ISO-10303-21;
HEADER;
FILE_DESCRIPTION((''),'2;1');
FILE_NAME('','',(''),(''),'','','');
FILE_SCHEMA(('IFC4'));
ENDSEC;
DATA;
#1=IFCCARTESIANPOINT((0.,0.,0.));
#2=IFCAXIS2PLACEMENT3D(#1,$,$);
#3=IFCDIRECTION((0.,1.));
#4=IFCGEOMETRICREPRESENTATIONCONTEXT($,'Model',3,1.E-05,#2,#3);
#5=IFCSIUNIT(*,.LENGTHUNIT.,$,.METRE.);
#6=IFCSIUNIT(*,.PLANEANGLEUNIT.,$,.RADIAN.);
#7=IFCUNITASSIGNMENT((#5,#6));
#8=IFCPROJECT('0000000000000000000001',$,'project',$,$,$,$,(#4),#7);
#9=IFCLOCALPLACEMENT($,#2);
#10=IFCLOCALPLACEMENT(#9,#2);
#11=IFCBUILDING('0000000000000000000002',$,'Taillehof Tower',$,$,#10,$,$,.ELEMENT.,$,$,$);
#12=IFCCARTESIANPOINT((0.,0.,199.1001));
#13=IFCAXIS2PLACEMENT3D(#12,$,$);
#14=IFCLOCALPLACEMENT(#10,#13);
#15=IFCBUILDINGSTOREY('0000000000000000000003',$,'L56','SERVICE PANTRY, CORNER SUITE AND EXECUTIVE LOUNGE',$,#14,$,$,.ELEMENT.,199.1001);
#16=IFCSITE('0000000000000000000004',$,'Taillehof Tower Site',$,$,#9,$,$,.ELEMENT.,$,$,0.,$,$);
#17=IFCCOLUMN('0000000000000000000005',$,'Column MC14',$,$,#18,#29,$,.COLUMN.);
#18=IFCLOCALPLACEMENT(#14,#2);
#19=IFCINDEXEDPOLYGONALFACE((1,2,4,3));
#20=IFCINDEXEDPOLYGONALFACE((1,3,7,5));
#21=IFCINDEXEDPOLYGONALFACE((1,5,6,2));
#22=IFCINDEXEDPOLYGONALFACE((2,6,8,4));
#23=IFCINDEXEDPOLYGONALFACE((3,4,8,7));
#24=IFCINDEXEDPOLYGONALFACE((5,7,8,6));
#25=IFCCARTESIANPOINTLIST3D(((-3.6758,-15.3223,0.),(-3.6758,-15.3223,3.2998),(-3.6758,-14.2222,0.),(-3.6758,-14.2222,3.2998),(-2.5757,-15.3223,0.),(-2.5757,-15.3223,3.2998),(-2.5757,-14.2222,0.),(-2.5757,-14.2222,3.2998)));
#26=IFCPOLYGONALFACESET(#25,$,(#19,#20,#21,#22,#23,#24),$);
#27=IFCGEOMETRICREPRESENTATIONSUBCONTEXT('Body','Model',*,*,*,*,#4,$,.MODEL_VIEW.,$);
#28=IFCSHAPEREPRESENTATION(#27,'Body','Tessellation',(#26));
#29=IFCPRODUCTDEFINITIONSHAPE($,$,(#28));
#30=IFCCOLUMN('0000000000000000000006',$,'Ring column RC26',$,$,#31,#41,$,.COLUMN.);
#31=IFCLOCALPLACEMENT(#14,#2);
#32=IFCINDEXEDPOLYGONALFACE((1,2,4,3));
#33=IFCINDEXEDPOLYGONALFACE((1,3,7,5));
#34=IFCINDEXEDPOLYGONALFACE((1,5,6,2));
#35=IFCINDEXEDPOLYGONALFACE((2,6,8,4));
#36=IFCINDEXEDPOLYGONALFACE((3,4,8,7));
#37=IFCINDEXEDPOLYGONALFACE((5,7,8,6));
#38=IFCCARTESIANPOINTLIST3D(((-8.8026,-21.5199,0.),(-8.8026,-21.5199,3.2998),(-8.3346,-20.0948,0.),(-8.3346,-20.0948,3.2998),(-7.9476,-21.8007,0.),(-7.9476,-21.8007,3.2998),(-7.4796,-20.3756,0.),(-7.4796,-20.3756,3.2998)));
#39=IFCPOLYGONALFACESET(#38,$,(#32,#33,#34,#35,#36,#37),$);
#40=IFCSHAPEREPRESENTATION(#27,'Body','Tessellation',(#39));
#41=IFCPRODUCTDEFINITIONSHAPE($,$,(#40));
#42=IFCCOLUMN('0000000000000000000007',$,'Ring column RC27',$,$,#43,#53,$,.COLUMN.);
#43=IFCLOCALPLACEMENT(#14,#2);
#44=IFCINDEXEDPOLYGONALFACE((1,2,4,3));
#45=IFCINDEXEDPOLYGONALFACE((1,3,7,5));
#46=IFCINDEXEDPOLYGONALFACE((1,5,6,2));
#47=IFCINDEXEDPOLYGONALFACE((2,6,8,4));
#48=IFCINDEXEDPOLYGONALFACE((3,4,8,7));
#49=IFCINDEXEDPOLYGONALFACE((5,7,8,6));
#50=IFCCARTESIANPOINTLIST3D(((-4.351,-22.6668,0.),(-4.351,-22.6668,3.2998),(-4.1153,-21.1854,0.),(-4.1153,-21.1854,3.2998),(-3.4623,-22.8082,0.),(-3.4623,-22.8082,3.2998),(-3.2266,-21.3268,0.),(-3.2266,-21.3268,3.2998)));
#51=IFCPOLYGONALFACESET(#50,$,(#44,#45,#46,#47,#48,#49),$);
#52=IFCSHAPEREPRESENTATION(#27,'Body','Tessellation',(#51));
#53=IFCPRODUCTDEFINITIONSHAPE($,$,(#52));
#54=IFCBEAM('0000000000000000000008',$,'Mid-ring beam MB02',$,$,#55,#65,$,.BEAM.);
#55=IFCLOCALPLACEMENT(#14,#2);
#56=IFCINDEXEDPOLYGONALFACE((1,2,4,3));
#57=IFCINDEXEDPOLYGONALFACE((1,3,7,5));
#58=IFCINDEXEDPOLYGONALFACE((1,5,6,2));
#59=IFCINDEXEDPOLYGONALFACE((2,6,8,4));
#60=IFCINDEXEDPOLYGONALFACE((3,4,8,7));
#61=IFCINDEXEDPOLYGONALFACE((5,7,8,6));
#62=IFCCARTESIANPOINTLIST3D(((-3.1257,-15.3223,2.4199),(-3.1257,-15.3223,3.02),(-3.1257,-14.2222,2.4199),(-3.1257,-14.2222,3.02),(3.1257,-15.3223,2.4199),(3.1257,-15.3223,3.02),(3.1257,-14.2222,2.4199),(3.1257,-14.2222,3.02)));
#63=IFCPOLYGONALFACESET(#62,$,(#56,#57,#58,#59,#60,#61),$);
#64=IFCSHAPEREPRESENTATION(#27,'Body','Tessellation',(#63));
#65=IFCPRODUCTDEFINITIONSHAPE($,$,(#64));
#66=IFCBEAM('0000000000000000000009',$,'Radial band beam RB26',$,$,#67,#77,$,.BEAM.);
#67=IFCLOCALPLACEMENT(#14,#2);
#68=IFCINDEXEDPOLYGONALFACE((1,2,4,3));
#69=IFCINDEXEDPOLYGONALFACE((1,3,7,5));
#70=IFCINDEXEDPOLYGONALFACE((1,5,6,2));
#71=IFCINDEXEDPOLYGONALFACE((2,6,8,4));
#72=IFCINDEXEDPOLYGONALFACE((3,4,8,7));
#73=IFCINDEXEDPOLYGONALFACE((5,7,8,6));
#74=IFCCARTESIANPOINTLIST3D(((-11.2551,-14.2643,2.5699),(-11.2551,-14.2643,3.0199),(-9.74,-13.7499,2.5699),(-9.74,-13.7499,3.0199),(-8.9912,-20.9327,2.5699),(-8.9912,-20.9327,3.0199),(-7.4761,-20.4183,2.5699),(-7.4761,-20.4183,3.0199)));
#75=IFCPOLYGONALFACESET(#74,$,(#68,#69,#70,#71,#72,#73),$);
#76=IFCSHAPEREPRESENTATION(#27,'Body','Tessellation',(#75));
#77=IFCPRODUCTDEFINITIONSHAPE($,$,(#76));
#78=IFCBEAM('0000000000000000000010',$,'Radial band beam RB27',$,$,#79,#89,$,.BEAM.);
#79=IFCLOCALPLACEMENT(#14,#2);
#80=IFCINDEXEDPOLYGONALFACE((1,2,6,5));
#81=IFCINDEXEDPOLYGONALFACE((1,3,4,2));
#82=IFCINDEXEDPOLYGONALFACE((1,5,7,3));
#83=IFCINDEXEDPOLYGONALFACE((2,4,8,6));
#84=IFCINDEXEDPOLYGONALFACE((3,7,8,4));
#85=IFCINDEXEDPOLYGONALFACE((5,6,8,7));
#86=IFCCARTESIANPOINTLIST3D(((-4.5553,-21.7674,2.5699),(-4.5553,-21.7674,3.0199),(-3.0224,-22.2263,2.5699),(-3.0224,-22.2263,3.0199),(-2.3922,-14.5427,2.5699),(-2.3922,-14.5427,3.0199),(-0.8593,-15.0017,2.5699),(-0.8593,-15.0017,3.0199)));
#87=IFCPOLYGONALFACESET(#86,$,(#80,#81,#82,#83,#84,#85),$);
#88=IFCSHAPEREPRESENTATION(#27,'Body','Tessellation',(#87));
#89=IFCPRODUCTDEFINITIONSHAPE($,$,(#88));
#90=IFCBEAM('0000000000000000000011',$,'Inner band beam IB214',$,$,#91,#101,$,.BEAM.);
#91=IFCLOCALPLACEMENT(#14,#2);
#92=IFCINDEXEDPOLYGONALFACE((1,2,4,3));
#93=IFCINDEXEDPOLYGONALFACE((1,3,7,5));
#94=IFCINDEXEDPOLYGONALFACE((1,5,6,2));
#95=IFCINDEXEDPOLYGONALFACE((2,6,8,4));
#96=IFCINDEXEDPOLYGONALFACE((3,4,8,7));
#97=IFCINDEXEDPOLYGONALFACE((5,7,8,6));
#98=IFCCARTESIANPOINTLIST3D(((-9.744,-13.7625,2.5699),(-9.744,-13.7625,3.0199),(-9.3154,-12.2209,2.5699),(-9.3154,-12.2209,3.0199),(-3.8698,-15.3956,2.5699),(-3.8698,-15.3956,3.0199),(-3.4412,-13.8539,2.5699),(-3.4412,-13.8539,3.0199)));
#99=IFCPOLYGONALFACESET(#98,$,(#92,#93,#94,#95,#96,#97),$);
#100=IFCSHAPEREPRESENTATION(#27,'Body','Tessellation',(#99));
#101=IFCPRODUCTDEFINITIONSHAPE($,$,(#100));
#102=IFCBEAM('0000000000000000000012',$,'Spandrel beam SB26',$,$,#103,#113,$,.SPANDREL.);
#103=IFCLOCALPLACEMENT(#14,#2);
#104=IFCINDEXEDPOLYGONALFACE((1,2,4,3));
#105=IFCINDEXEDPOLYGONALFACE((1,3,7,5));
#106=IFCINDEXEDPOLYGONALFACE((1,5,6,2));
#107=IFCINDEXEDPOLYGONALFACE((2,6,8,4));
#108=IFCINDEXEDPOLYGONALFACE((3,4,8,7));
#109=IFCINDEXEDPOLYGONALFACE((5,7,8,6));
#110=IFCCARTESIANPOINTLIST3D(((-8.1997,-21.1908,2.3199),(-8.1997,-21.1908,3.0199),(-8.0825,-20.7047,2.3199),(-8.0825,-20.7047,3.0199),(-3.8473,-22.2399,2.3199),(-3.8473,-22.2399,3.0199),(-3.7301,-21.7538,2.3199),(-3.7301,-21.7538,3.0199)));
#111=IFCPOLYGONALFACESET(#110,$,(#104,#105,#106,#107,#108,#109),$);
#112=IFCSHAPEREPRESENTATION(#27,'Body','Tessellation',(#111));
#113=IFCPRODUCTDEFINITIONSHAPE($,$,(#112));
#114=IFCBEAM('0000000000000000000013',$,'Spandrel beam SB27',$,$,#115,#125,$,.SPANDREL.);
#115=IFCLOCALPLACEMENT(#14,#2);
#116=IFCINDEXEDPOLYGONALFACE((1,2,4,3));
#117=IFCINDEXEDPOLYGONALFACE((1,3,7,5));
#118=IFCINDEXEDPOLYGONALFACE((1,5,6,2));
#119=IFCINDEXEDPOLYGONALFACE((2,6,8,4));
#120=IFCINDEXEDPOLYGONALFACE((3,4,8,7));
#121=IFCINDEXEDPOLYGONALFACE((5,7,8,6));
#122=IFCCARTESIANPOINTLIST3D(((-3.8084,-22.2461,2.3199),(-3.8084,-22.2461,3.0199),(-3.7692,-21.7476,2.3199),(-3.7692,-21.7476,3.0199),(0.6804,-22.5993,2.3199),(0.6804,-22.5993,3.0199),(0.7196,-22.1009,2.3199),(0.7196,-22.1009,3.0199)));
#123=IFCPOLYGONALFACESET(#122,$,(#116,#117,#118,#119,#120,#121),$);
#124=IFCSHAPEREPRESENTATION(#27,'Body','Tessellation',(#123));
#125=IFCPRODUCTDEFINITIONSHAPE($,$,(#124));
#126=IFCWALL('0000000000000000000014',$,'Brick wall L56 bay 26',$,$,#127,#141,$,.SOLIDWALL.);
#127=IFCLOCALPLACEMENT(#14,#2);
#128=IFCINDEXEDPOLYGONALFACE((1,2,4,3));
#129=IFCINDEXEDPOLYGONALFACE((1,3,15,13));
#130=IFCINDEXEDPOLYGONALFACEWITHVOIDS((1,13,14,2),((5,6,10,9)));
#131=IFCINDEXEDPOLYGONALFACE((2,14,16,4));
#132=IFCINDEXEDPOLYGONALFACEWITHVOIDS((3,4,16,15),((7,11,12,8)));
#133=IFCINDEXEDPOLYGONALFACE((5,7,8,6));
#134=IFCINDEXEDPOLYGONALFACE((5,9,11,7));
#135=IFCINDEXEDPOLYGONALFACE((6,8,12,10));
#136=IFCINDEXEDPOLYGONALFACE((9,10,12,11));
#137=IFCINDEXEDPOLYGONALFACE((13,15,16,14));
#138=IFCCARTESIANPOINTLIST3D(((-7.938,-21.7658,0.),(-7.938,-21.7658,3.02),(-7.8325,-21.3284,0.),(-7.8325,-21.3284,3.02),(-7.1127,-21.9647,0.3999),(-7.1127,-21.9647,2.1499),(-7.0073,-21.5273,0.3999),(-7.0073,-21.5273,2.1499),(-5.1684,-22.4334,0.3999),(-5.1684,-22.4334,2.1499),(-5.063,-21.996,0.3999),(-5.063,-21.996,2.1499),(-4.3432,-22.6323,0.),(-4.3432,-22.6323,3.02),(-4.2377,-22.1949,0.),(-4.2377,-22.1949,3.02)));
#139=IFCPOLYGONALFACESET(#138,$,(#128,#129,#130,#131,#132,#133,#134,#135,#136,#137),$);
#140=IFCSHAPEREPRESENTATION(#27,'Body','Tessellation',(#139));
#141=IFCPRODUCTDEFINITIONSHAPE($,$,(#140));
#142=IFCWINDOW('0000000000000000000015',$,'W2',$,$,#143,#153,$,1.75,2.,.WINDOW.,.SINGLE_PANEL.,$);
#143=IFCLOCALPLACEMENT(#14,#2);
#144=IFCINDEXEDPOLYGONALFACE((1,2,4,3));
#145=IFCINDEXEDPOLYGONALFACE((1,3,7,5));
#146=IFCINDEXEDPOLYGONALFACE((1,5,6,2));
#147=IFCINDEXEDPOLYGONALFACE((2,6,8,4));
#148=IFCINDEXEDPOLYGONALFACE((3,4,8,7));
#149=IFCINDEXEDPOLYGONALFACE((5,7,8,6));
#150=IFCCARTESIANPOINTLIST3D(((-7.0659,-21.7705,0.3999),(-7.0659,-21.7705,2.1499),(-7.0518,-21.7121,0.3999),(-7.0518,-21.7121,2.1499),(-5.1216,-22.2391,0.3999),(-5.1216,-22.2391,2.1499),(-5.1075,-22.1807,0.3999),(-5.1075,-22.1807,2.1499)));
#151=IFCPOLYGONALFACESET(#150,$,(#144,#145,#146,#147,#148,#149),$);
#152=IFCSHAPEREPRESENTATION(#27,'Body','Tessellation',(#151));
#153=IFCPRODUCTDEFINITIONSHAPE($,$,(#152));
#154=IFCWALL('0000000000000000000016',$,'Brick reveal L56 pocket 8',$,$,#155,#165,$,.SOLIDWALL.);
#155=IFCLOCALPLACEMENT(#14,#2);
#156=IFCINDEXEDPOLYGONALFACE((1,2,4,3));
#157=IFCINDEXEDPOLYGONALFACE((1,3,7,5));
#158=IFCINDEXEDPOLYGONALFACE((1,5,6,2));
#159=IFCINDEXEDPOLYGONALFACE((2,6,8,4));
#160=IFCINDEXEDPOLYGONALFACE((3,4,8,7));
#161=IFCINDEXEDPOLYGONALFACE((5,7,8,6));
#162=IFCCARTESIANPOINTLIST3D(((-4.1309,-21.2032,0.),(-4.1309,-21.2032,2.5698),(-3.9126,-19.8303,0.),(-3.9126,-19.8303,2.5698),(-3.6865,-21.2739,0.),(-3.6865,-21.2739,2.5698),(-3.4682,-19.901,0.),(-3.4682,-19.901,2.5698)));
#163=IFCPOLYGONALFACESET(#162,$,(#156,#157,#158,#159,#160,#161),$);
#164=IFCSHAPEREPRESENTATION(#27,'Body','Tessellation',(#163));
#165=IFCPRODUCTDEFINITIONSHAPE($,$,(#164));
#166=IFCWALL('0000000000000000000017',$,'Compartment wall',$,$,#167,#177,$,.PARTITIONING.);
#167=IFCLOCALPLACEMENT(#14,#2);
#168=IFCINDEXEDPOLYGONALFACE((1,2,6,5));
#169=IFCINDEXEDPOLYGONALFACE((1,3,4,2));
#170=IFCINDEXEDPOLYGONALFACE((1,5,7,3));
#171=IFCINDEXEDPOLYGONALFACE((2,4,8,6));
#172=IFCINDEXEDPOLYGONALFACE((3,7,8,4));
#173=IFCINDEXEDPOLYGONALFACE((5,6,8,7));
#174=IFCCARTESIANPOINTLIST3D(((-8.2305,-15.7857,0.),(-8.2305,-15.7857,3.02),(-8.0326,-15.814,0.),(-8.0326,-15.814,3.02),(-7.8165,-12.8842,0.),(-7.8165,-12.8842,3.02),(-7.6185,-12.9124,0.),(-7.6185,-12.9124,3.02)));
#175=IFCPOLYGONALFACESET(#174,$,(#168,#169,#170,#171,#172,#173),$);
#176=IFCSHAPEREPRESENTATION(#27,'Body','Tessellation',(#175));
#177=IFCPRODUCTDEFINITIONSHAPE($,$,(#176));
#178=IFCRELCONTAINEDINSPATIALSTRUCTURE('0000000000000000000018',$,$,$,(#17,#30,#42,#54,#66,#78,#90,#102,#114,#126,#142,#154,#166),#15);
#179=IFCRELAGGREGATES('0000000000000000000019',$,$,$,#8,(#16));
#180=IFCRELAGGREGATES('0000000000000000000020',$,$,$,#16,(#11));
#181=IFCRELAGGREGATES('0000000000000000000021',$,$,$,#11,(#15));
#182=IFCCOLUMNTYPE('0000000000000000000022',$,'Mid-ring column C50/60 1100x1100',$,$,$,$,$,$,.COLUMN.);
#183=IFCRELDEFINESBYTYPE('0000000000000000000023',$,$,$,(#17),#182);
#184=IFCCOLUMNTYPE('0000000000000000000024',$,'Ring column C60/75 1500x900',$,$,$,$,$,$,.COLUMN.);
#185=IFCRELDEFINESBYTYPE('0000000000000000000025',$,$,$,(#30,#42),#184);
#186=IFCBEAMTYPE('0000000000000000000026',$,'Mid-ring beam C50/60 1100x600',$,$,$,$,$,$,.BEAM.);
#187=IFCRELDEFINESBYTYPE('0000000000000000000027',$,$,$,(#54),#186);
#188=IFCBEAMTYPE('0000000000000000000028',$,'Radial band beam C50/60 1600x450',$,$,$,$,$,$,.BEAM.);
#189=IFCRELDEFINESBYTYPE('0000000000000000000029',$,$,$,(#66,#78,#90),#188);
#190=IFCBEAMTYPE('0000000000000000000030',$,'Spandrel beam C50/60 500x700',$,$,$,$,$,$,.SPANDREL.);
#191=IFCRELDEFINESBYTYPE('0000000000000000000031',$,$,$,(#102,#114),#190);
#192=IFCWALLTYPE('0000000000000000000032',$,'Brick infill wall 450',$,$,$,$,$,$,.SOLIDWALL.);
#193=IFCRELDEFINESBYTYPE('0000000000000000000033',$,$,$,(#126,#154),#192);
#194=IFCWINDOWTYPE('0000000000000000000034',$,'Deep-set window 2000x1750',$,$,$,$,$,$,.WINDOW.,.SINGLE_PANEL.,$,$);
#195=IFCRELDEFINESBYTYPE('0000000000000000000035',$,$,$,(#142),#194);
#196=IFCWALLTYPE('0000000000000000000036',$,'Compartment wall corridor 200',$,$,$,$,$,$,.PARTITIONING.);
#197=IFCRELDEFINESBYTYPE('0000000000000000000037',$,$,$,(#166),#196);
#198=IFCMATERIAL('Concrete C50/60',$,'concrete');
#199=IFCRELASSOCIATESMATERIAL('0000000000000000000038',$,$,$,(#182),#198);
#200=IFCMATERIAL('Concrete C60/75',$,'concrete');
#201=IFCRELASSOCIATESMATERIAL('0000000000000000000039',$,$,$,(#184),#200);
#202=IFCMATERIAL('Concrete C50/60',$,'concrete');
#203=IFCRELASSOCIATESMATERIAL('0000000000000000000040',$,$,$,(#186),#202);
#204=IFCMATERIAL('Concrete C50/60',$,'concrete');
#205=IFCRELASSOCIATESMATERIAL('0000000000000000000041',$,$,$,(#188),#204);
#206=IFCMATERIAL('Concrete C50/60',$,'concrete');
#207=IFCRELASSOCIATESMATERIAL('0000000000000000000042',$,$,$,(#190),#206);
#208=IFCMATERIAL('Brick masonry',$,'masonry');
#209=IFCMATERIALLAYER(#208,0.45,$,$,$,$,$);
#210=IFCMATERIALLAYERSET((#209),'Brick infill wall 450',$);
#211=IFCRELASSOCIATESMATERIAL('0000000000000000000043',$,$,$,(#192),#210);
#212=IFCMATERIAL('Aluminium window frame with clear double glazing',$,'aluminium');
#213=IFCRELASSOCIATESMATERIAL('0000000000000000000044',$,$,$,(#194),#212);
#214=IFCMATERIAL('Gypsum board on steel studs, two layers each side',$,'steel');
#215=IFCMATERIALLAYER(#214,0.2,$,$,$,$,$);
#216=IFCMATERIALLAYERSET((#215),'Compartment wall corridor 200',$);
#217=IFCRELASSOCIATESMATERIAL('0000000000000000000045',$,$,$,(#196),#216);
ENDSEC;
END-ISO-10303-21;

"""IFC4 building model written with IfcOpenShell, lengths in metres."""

from ifc_helpers import new_model, si_unit, direction, frame, frame_2d, origin, origin_2d, place, context, subcontext, project, spatial, rectangle, extrude, material, layer, layer_set, material_profile, profile_set, type_object, element, fill, save


model = new_model("IFC4")

# Units and contexts
model_context = context("Model", 3, precision=1e-05, world=origin(), true_north=direction((0.0, 1.0)))
body_context = subcontext(model_context, "Body", "Model", "MODEL_VIEW")
ifc_project = project(units=[si_unit("LENGTHUNIT", "METRE"), si_unit("PLANEANGLEUNIT", "RADIAN")], contexts=[model_context])

# Site, building, storey
site_placement = place(None, origin())
site = spatial("IfcSite", under=ifc_project, at=site_placement, Name="Taillehof Tower Site", CompositionType="ELEMENT", RefElevation=0.0)
building_placement = place(site_placement, origin())
building = spatial("IfcBuilding", under=site, at=building_placement, Name="Taillehof Tower", CompositionType="ELEMENT")
storey_placement = place(building_placement, frame((0.0, 0.0, 199.1001)))
storey = spatial("IfcBuildingStorey", under=building, at=storey_placement, Name="L56", Description="SERVICE PANTRY, CORNER SUITE AND EXECUTIVE LOUNGE", CompositionType="ELEMENT", Elevation=199.1001)

# Columns
ifc_material_1 = material(Name="Concrete C50/60", Category="concrete")
ifc_material_profile_1 = material_profile(ifc_material_1, rectangle(XDim=1.1001, YDim=1.1001, at=origin_2d()), Name="RC 1100x1100")
ifc_profile_set_1 = profile_set([ifc_material_profile_1], Name="Concrete C50/60")
column_type_1 = type_object("IfcColumnType", Name="Mid-ring column C50/60 1100x1100", PredefinedType="COLUMN", material=ifc_profile_set_1)
column_placement = place(storey_placement, frame((-3.1257, -14.7722, 0.0), z_axis=(0.0, 0.0, 1.0), x_axis=(1.0, 0.0, 0.0)))
element("IfcColumn", 1, at=column_placement, inside=storey, type_object=column_type_1, Name="Column MC14", PredefinedType="COLUMN", context=body_context, shape_type="SweptSolid", body=[
    extrude(rectangle(XDim=1.1001, YDim=1.1001, at=origin_2d()), origin(), (0.0, 0.0, 1.0), 3.2998),
])
ifc_material_2 = material(Name="Concrete C60/75", Category="concrete")
ifc_material_profile_2 = material_profile(ifc_material_2, rectangle(XDim=1.5, YDim=0.8999, at=origin_2d()), Name="RC 1500x900")
ifc_profile_set_2 = profile_set([ifc_material_profile_2], Name="Concrete C60/75")
column_type_2 = type_object("IfcColumnType", Name="Ring column C60/75 1500x900", PredefinedType="COLUMN", material=ifc_profile_set_2)
for number, where, z_axis, x_axis, name in (
    (2, (-8.1411, -20.9478, 0.0), (0.0, 0.0, 1.0), (-0.312001, -0.950082, 0.0), "Ring column RC26"),
    (3, (-3.7888, -21.9968, 0.0), (0.0, 0.0, 1.0), (-0.157116, -0.98758, 0.0), "Ring column RC27"),
):
    element("IfcColumn", number, at=place(storey_placement, frame(where, z_axis=z_axis, x_axis=x_axis)), inside=storey, type_object=column_type_2, Name=name, PredefinedType="COLUMN", context=body_context, shape_type="SweptSolid", body=[
        extrude(rectangle(XDim=1.5, YDim=0.8999, at=origin_2d()), origin(), (0.0, 0.0, 1.0), 3.2998),
    ])

# Beams
ifc_material_3 = material(Name="Concrete C50/60", Category="concrete")
ifc_material_profile_3 = material_profile(ifc_material_3, rectangle(XDim=1.1001, YDim=0.6001, at=origin_2d()), Name="RC 1100x600")
ifc_profile_set_3 = profile_set([ifc_material_profile_3], Name="Concrete C50/60")
beam_type_1 = type_object("IfcBeamType", Name="Mid-ring beam C50/60 1100x600", PredefinedType="BEAM", material=ifc_profile_set_3)
beam_1_placement = place(storey_placement, frame((-3.1257, -14.7722, 2.72), z_axis=(1.0, 0.0, 0.0), x_axis=(0.0, 1.0, 0.0)))
element("IfcBeam", 4, at=beam_1_placement, inside=storey, type_object=beam_type_1, Name="Mid-ring beam MB02", PredefinedType="BEAM", context=body_context, shape_type="SweptSolid", body=[
    extrude(rectangle(XDim=1.1001, YDim=0.6001, at=origin_2d()), origin(), (0.0, 0.0, 1.0), 6.2515),
])
ifc_material_4 = material(Name="Concrete C50/60", Category="concrete")
ifc_material_profile_4 = material_profile(ifc_material_4, rectangle(XDim=1.6001, YDim=0.45, at=origin_2d()), Name="RC 1600x450")
ifc_profile_set_4 = profile_set([ifc_material_profile_4], Name="Concrete C50/60")
beam_type_2 = type_object("IfcBeamType", Name="Radial band beam C50/60 1600x450", PredefinedType="BEAM", material=ifc_profile_set_4)
beam_2_placement = place(storey_placement, frame((-8.2336, -20.6755, 2.7949), z_axis=(-0.321475, 0.946918, 0.0), x_axis=(-0.946918, -0.321475, 0.0)))
element("IfcBeam", 5, at=beam_2_placement, inside=storey, type_object=beam_type_2, Name="Radial band beam RB26", PredefinedType="BEAM", context=body_context, shape_type="SweptSolid", body=[
    extrude(rectangle(XDim=1.6001, YDim=0.45, at=origin_2d()), origin(), (0.0, 0.0, 1.0), 7.0422),
])
beam_3_placement = place(storey_placement, frame((-3.7888, -21.9968, 2.7949), z_axis=(0.286825, 0.957983, 0.0), x_axis=(-0.957983, 0.286825, 0.0)))
element("IfcBeam", 6, at=beam_3_placement, inside=storey, type_object=beam_type_2, Name="Radial band beam RB27", PredefinedType="BEAM", context=body_context, shape_type="SweptSolid", body=[
    extrude(rectangle(XDim=1.6001, YDim=0.45, at=origin_2d()), origin(), (0.0, 0.0, 1.0), 7.5415),
])
beam_4_placement = place(storey_placement, frame((-3.6555, -14.6248, 2.7949), z_axis=(-0.963459, 0.267855, 0.0), x_axis=(-0.267855, -0.963459, 0.0)))
element("IfcBeam", 7, at=beam_4_placement, inside=storey, type_object=beam_type_2, Name="Inner band beam IB214", PredefinedType="BEAM", context=body_context, shape_type="SweptSolid", body=[
    extrude(rectangle(XDim=1.6001, YDim=0.45, at=origin_2d()), origin(), (0.0, 0.0, 1.0), 6.0969),
])
ifc_material_5 = material(Name="Concrete C50/60", Category="concrete")
ifc_material_profile_5 = material_profile(ifc_material_5, rectangle(XDim=0.5, YDim=0.7, at=origin_2d()), Name="RC 500x700")
ifc_profile_set_5 = profile_set([ifc_material_profile_5], Name="Concrete C50/60")
beam_type_3 = type_object("IfcBeamType", Name="Spandrel beam C50/60 500x700", PredefinedType="SPANDREL", material=ifc_profile_set_5)
beam_5_placement = place(storey_placement, frame((-8.1411, -20.9478, 2.6699), z_axis=(0.972158, -0.234328, 0.0), x_axis=(0.234328, 0.972158, 0.0)))
element("IfcBeam", 8, at=beam_5_placement, inside=storey, type_object=beam_type_3, Name="Spandrel beam SB26", PredefinedType="SPANDREL", context=body_context, shape_type="SweptSolid", body=[
    extrude(rectangle(XDim=0.5, YDim=0.7, at=origin_2d()), origin(), (0.0, 0.0, 1.0), 4.4771),
])
beam_6_placement = place(storey_placement, frame((-3.7888, -21.9968, 2.6699), z_axis=(0.996917, -0.078459, 0.0), x_axis=(0.078459, 0.996917, 0.0)))
element("IfcBeam", 9, at=beam_6_placement, inside=storey, type_object=beam_type_3, Name="Spandrel beam SB27", PredefinedType="SPANDREL", context=body_context, shape_type="SweptSolid", body=[
    extrude(rectangle(XDim=0.5, YDim=0.7, at=origin_2d()), origin(), (0.0, 0.0, 1.0), 4.5027),
])

# Wall, opening, window
ifc_material_6 = material(Name="Brick masonry", Category="masonry")
ifc_layer_1 = layer(ifc_material_6, 0.45)
ifc_layer_set_1 = layer_set([ifc_layer_1], Name="Brick infill wall 450")
wall_type_1 = type_object("IfcWallType", Name="Brick infill wall 450", PredefinedType="SOLIDWALL", material=ifc_layer_set_1)
wall_1_placement = place(storey_placement, frame((-7.8853, -21.5471, 0.0), z_axis=(0.0, 0.0, 1.0), x_axis=(0.972158, -0.234324, 0.0)))
wall_1 = element("IfcWall", 10, at=wall_1_placement, inside=storey, type_object=wall_type_1, Name="Brick wall L56 bay 26", PredefinedType="SOLIDWALL", context=body_context, shape_type="SweptSolid", body=[
    extrude(rectangle(XDim=3.6978, YDim=0.45, at=frame_2d((1.8489, 0.0))), origin(), (0.0, 0.0, 1.0), 3.02),
])
opening_1_placement = place(wall_1_placement, frame((0.8489, 0.0, 0.3999)))
opening_1 = element("IfcOpeningElement", 11, at=opening_1_placement, cuts=wall_1, PredefinedType="OPENING", context=body_context, shape_type="SweptSolid", body=[
    extrude(rectangle(XDim=2.0, YDim=1.75, at=frame_2d((1.0, 0.875))), frame((0.0, 0.2349, 0.0), z_axis=(0.0, -1.0, 0.0), x_axis=(1.0, 0.0, 0.0)), (0.0, 0.0, 1.0), 0.47),
])
ifc_material_7 = material(Name="Aluminium window frame with clear double glazing", Category="aluminium")
window_type_1 = type_object("IfcWindowType", Name="Deep-set window 2000x1750", PartitioningType="SINGLE_PANEL", PredefinedType="WINDOW", material=ifc_material_7)
window_1_placement = place(opening_1_placement, origin())
window_1 = element("IfcWindow", 12, at=window_1_placement, inside=storey, type_object=window_type_1, Name="W2", OverallHeight=1.75, OverallWidth=2.0, PartitioningType="SINGLE_PANEL", PredefinedType="WINDOW", context=body_context, shape_type="SweptSolid", body=[
    extrude(rectangle(XDim=2.0, YDim=1.75, at=frame_2d((1.0, 0.875))), frame((0.0, 0.0349, 0.0), z_axis=(0.0, -1.0, 0.0), x_axis=(1.0, 0.0, 0.0)), (0.0, 0.0, 1.0), 0.0601),
])
fill(opening_1, window_1)

# Wall
wall_2_placement = place(storey_placement, frame((-3.9087, -21.2385, 0.0), z_axis=(0.0, 0.0, 1.0), x_axis=(0.157018, 0.987596, 0.0)))
element("IfcWall", 13, at=wall_2_placement, inside=storey, type_object=wall_type_1, Name="Brick reveal L56 pocket 8", PredefinedType="SOLIDWALL", context=body_context, shape_type="SweptSolid", body=[
    extrude(rectangle(XDim=1.3901, YDim=0.45, at=frame_2d((0.6951, 0.0))), origin(), (0.0, 0.0, 1.0), 2.5698),
])

# Wall
ifc_material_8 = material(Name="Gypsum board on steel studs, two layers each side", Category="steel")
ifc_layer_2 = layer(ifc_material_8, 0.2)
ifc_layer_set_2 = layer_set([ifc_layer_2], Name="Compartment wall corridor 200")
wall_type_2 = type_object("IfcWallType", Name="Compartment wall corridor 200", PredefinedType="PARTITIONING", material=ifc_layer_set_2)
wall_3_placement = place(storey_placement, frame((-7.7175, -12.8984, 0.0), z_axis=(0.0, 0.0, 1.0), x_axis=(-0.14127, -0.989971, 0.0)))
element("IfcWall", 14, at=wall_3_placement, inside=storey, type_object=wall_type_2, Name="Compartment wall", PredefinedType="PARTITIONING", context=body_context, shape_type="SweptSolid", body=[
    extrude(rectangle(XDim=2.9309, YDim=0.2, at=frame_2d((1.4653, 0.0))), origin(), (0.0, 0.0, 1.0), 3.02),
])

save(model, "model.ifc")
